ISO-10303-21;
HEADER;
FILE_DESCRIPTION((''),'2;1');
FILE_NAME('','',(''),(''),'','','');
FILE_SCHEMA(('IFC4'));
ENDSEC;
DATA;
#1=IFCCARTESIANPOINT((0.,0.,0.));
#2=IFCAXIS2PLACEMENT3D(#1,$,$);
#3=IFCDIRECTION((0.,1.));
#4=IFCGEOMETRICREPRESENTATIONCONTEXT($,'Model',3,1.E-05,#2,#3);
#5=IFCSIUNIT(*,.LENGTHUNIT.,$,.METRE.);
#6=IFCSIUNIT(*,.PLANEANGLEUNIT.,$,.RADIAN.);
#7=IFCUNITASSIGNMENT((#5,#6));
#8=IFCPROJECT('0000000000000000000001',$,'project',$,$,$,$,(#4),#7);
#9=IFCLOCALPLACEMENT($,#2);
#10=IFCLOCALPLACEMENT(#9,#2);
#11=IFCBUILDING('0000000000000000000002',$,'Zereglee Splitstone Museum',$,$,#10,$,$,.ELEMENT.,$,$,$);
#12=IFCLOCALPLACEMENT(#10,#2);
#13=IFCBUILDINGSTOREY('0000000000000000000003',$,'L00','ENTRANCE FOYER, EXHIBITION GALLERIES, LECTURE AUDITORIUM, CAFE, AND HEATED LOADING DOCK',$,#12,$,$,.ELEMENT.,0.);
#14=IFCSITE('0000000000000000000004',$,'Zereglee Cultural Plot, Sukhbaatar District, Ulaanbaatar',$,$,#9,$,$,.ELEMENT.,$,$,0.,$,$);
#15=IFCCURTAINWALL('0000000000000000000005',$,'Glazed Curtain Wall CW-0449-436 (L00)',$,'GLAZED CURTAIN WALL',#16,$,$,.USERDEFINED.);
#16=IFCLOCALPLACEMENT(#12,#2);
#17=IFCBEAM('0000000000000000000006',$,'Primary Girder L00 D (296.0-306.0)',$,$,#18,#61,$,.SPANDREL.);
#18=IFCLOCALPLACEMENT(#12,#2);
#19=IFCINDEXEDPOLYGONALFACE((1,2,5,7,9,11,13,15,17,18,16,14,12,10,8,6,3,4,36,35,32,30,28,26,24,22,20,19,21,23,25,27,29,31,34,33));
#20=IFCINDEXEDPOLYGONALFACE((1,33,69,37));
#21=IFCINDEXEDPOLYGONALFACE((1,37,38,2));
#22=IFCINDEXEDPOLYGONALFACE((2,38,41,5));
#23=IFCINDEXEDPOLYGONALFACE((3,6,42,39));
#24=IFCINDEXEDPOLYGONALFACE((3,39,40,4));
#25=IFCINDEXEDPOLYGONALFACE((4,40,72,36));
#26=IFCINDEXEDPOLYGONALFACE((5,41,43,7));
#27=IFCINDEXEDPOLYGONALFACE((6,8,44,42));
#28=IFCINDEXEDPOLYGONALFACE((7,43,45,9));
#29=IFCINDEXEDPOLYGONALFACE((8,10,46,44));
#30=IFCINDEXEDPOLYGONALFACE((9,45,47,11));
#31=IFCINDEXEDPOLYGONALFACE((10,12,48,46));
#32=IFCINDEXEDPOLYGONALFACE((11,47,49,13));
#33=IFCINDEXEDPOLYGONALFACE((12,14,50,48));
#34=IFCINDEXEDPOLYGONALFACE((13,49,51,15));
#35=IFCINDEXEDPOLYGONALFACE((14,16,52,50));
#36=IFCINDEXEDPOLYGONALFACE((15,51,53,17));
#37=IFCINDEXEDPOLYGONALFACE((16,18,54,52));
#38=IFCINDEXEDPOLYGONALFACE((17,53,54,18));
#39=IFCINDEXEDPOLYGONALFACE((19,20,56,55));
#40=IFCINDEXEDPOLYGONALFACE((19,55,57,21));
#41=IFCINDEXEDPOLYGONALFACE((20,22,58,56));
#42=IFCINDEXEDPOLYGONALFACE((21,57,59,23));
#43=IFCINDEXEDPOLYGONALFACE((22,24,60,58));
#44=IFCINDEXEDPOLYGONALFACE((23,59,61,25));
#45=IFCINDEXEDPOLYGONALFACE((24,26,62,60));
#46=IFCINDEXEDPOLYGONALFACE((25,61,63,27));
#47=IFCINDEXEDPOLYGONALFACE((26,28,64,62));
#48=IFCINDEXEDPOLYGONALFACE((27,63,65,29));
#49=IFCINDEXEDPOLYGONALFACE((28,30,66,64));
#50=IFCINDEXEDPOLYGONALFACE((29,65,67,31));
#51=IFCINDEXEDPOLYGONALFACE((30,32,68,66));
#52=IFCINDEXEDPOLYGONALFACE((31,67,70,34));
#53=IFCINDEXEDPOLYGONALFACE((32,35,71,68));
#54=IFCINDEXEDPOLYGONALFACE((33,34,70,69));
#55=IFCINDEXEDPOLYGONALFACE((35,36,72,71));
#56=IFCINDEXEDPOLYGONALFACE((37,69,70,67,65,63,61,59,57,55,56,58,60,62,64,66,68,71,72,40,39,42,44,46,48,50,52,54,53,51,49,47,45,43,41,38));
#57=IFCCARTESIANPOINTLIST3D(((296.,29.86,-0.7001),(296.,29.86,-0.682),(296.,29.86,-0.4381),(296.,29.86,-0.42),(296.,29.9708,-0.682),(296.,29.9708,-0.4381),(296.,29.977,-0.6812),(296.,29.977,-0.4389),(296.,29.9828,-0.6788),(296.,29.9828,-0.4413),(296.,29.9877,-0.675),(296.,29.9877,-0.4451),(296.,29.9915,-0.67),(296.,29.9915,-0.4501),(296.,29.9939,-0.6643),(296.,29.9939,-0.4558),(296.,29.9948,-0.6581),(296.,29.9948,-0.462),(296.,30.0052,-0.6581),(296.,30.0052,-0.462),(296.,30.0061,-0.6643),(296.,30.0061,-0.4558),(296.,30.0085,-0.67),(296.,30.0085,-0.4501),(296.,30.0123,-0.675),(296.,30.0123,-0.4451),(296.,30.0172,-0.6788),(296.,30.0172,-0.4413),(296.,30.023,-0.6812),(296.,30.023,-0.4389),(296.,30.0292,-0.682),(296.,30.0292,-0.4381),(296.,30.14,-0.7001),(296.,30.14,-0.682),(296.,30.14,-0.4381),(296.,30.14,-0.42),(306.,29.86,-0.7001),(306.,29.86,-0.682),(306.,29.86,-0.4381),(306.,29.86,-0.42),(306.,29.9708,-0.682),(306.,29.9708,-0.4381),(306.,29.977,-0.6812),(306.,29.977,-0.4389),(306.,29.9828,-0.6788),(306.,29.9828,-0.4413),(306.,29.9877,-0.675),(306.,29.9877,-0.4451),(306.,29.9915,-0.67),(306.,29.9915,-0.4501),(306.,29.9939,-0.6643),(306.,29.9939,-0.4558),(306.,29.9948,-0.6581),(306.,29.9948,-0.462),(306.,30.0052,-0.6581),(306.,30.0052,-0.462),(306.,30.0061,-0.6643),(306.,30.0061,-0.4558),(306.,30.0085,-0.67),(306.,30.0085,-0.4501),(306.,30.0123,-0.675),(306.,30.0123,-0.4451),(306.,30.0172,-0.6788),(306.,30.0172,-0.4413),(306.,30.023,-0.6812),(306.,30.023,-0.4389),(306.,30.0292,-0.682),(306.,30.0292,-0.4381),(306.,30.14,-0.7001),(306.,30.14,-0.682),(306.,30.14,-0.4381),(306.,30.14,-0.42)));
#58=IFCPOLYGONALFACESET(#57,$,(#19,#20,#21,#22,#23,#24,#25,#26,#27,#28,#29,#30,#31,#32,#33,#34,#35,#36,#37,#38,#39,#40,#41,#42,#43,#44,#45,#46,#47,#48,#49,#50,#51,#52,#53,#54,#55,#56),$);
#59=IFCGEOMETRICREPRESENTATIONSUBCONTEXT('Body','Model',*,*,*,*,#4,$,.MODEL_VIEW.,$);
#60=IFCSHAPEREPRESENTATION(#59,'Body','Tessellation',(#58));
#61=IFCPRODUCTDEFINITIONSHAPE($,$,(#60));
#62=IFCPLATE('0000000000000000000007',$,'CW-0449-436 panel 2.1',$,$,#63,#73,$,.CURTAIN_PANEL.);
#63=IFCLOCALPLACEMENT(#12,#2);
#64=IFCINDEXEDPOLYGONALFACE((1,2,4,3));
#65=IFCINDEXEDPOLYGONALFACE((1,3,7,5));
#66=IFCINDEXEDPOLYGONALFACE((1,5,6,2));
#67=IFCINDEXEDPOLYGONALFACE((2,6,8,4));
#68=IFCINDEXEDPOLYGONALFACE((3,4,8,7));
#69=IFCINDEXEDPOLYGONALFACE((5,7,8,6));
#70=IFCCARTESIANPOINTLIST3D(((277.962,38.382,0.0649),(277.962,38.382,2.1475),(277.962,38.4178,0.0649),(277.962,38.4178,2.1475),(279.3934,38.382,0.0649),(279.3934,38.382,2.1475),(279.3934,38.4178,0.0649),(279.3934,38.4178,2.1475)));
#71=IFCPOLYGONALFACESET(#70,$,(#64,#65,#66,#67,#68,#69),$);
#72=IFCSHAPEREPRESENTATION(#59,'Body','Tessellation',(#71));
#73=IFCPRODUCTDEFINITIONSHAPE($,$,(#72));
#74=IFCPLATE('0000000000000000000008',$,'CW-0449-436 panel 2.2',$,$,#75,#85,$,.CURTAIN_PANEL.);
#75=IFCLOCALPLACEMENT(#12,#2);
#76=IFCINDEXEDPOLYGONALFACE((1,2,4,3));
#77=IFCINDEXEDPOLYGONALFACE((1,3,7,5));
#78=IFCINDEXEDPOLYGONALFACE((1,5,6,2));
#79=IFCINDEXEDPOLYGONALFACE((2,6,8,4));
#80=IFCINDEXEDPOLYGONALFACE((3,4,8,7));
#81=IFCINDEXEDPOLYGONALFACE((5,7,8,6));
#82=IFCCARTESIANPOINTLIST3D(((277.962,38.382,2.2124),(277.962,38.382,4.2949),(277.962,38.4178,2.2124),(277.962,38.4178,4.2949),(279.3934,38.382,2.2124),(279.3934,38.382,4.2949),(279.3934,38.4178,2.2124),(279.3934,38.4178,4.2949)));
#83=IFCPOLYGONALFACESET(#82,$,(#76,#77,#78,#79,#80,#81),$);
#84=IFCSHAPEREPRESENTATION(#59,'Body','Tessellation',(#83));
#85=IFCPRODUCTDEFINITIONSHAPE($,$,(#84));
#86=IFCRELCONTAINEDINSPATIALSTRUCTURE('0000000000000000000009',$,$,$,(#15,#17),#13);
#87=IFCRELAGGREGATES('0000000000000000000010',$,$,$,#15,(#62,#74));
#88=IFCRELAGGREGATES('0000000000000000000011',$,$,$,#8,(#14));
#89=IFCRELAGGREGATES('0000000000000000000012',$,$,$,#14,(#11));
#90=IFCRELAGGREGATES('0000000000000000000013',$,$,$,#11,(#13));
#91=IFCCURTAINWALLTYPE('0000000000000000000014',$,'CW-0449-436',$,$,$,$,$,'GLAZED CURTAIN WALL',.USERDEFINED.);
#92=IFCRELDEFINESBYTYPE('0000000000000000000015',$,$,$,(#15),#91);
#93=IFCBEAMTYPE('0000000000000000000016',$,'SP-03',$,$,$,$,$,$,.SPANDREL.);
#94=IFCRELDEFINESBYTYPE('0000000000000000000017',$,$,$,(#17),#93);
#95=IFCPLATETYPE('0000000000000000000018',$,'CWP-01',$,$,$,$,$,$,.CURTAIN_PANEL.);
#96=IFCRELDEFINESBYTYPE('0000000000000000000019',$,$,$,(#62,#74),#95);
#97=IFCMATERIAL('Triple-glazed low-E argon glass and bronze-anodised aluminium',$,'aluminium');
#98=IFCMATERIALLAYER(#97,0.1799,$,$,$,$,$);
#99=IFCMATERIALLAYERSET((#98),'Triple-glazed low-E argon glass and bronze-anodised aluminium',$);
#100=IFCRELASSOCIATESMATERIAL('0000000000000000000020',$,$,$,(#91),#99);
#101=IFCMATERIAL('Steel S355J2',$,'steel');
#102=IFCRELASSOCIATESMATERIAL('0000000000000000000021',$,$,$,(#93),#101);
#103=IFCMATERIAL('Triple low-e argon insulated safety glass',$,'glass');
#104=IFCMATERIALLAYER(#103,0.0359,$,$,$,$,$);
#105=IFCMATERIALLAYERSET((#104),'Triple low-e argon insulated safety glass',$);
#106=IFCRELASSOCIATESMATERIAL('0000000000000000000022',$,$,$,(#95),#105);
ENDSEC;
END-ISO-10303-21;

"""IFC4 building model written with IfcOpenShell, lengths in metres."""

from ifc_helpers import new_model, si_unit, direction, frame, origin, origin_2d, place, context, subcontext, project, spatial, rectangle, i_section, extrude, material, layer, layer_set, material_profile, profile_set, type_object, element, aggregate, save


model = new_model("IFC4")

# Units and contexts
model_context = context("Model", 3, precision=1e-05, world=origin(), true_north=direction((0.0, 1.0)))
body_context = subcontext(model_context, "Body", "Model", "MODEL_VIEW")
ifc_project = project(units=[si_unit("LENGTHUNIT", "METRE"), si_unit("PLANEANGLEUNIT", "RADIAN")], contexts=[model_context])

# Site, building, storey
site_placement = place(None, origin())
site = spatial("IfcSite", under=ifc_project, at=site_placement, Name="Zereglee Cultural Plot, Sukhbaatar District, Ulaanbaatar", CompositionType="ELEMENT", RefElevation=0.0)
building_placement = place(site_placement, origin())
building = spatial("IfcBuilding", under=site, at=building_placement, Name="Zereglee Splitstone Museum", CompositionType="ELEMENT")
storey_placement = place(building_placement, origin())
storey = spatial("IfcBuildingStorey", under=building, at=storey_placement, Name="L00", Description="ENTRANCE FOYER, EXHIBITION GALLERIES, LECTURE AUDITORIUM, CAFE, AND HEATED LOADING DOCK", CompositionType="ELEMENT", Elevation=0.0)

# Curtain wall
ifc_material_1 = material(Name="Triple-glazed low-E argon glass and bronze-anodised aluminium", Category="aluminium")
ifc_layer_1 = layer(ifc_material_1, 0.1799)
ifc_layer_set_1 = layer_set([ifc_layer_1], Name="Triple-glazed low-E argon glass and bronze-anodised aluminium")
curtain_wall_type = type_object("IfcCurtainWallType", Name="CW-0449-436", ElementType="GLAZED CURTAIN WALL", PredefinedType="USERDEFINED", material=ifc_layer_set_1)
curtain_wall_placement = place(storey_placement, origin())
curtain_wall = element("IfcCurtainWall", 1, at=curtain_wall_placement, inside=storey, type_object=curtain_wall_type, Name="Glazed Curtain Wall CW-0449-436 (L00)", ObjectType="GLAZED CURTAIN WALL", PredefinedType="USERDEFINED")

# Beam
ifc_material_2 = material(Name="Steel S355J2", Category="steel")
ifc_material_profile_1 = material_profile(ifc_material_2, i_section(OverallWidth=0.28, OverallDepth=0.28, WebThickness=0.0105, FlangeThickness=0.0181, FilletRadius=0.0239, at=origin_2d()), Name="HE 280 B")
ifc_profile_set_1 = profile_set([ifc_material_profile_1], Name="Steel S355J2")
beam_type_1 = type_object("IfcBeamType", Name="SP-03", PredefinedType="SPANDREL", material=ifc_profile_set_1)
beam_1_placement = place(storey_placement, frame((296.0, 30.0, -0.5601), z_axis=(1.0, 0.0, 0.0), x_axis=(0.0, 1.0, 0.0)))
element("IfcBeam", 2, at=beam_1_placement, inside=storey, type_object=beam_type_1, Name="Primary Girder L00 D (296.0-306.0)", PredefinedType="SPANDREL", context=body_context, shape_type="SweptSolid", body=[
    extrude(i_section(OverallWidth=0.28, OverallDepth=0.28, WebThickness=0.0105, FlangeThickness=0.0181, FilletRadius=0.0239, at=origin_2d()), origin(), (0.0, 0.0, 1.0), 10.0),
])

# Plates
ifc_material_3 = material(Name="Triple low-e argon insulated safety glass", Category="glass")
ifc_layer_2 = layer(ifc_material_3, 0.0359)
ifc_layer_set_2 = layer_set([ifc_layer_2], Name="Triple low-e argon insulated safety glass")
plate_type = type_object("IfcPlateType", Name="CWP-01", PredefinedType="CURTAIN_PANEL", material=ifc_layer_set_2)
plate_1_placement = place(storey_placement, frame((278.6777, 38.3999, 0.0649), z_axis=(0.0, 0.0, 1.0), x_axis=(-1.0, 0.0, 0.0)))
plate_1 = element("IfcPlate", 3, at=plate_1_placement, type_object=plate_type, Name="CW-0449-436 panel 2.1", PredefinedType="CURTAIN_PANEL", context=body_context, shape_type="SweptSolid", body=[
    extrude(rectangle(XDim=1.4314, YDim=0.0359, at=origin_2d()), origin(), (0.0, 0.0, 1.0), 2.0825),
])
plate_2_placement = place(storey_placement, frame((278.6777, 38.3999, 2.2124), z_axis=(0.0, 0.0, 1.0), x_axis=(-1.0, 0.0, 0.0)))
plate_2 = element("IfcPlate", 4, at=plate_2_placement, type_object=plate_type, Name="CW-0449-436 panel 2.2", PredefinedType="CURTAIN_PANEL", context=body_context, shape_type="SweptSolid", body=[
    extrude(rectangle(XDim=1.4314, YDim=0.0359, at=origin_2d()), origin(), (0.0, 0.0, 1.0), 2.0825),
])
aggregate(curtain_wall, [plate_1, plate_2])

save(model, "model.ifc")
